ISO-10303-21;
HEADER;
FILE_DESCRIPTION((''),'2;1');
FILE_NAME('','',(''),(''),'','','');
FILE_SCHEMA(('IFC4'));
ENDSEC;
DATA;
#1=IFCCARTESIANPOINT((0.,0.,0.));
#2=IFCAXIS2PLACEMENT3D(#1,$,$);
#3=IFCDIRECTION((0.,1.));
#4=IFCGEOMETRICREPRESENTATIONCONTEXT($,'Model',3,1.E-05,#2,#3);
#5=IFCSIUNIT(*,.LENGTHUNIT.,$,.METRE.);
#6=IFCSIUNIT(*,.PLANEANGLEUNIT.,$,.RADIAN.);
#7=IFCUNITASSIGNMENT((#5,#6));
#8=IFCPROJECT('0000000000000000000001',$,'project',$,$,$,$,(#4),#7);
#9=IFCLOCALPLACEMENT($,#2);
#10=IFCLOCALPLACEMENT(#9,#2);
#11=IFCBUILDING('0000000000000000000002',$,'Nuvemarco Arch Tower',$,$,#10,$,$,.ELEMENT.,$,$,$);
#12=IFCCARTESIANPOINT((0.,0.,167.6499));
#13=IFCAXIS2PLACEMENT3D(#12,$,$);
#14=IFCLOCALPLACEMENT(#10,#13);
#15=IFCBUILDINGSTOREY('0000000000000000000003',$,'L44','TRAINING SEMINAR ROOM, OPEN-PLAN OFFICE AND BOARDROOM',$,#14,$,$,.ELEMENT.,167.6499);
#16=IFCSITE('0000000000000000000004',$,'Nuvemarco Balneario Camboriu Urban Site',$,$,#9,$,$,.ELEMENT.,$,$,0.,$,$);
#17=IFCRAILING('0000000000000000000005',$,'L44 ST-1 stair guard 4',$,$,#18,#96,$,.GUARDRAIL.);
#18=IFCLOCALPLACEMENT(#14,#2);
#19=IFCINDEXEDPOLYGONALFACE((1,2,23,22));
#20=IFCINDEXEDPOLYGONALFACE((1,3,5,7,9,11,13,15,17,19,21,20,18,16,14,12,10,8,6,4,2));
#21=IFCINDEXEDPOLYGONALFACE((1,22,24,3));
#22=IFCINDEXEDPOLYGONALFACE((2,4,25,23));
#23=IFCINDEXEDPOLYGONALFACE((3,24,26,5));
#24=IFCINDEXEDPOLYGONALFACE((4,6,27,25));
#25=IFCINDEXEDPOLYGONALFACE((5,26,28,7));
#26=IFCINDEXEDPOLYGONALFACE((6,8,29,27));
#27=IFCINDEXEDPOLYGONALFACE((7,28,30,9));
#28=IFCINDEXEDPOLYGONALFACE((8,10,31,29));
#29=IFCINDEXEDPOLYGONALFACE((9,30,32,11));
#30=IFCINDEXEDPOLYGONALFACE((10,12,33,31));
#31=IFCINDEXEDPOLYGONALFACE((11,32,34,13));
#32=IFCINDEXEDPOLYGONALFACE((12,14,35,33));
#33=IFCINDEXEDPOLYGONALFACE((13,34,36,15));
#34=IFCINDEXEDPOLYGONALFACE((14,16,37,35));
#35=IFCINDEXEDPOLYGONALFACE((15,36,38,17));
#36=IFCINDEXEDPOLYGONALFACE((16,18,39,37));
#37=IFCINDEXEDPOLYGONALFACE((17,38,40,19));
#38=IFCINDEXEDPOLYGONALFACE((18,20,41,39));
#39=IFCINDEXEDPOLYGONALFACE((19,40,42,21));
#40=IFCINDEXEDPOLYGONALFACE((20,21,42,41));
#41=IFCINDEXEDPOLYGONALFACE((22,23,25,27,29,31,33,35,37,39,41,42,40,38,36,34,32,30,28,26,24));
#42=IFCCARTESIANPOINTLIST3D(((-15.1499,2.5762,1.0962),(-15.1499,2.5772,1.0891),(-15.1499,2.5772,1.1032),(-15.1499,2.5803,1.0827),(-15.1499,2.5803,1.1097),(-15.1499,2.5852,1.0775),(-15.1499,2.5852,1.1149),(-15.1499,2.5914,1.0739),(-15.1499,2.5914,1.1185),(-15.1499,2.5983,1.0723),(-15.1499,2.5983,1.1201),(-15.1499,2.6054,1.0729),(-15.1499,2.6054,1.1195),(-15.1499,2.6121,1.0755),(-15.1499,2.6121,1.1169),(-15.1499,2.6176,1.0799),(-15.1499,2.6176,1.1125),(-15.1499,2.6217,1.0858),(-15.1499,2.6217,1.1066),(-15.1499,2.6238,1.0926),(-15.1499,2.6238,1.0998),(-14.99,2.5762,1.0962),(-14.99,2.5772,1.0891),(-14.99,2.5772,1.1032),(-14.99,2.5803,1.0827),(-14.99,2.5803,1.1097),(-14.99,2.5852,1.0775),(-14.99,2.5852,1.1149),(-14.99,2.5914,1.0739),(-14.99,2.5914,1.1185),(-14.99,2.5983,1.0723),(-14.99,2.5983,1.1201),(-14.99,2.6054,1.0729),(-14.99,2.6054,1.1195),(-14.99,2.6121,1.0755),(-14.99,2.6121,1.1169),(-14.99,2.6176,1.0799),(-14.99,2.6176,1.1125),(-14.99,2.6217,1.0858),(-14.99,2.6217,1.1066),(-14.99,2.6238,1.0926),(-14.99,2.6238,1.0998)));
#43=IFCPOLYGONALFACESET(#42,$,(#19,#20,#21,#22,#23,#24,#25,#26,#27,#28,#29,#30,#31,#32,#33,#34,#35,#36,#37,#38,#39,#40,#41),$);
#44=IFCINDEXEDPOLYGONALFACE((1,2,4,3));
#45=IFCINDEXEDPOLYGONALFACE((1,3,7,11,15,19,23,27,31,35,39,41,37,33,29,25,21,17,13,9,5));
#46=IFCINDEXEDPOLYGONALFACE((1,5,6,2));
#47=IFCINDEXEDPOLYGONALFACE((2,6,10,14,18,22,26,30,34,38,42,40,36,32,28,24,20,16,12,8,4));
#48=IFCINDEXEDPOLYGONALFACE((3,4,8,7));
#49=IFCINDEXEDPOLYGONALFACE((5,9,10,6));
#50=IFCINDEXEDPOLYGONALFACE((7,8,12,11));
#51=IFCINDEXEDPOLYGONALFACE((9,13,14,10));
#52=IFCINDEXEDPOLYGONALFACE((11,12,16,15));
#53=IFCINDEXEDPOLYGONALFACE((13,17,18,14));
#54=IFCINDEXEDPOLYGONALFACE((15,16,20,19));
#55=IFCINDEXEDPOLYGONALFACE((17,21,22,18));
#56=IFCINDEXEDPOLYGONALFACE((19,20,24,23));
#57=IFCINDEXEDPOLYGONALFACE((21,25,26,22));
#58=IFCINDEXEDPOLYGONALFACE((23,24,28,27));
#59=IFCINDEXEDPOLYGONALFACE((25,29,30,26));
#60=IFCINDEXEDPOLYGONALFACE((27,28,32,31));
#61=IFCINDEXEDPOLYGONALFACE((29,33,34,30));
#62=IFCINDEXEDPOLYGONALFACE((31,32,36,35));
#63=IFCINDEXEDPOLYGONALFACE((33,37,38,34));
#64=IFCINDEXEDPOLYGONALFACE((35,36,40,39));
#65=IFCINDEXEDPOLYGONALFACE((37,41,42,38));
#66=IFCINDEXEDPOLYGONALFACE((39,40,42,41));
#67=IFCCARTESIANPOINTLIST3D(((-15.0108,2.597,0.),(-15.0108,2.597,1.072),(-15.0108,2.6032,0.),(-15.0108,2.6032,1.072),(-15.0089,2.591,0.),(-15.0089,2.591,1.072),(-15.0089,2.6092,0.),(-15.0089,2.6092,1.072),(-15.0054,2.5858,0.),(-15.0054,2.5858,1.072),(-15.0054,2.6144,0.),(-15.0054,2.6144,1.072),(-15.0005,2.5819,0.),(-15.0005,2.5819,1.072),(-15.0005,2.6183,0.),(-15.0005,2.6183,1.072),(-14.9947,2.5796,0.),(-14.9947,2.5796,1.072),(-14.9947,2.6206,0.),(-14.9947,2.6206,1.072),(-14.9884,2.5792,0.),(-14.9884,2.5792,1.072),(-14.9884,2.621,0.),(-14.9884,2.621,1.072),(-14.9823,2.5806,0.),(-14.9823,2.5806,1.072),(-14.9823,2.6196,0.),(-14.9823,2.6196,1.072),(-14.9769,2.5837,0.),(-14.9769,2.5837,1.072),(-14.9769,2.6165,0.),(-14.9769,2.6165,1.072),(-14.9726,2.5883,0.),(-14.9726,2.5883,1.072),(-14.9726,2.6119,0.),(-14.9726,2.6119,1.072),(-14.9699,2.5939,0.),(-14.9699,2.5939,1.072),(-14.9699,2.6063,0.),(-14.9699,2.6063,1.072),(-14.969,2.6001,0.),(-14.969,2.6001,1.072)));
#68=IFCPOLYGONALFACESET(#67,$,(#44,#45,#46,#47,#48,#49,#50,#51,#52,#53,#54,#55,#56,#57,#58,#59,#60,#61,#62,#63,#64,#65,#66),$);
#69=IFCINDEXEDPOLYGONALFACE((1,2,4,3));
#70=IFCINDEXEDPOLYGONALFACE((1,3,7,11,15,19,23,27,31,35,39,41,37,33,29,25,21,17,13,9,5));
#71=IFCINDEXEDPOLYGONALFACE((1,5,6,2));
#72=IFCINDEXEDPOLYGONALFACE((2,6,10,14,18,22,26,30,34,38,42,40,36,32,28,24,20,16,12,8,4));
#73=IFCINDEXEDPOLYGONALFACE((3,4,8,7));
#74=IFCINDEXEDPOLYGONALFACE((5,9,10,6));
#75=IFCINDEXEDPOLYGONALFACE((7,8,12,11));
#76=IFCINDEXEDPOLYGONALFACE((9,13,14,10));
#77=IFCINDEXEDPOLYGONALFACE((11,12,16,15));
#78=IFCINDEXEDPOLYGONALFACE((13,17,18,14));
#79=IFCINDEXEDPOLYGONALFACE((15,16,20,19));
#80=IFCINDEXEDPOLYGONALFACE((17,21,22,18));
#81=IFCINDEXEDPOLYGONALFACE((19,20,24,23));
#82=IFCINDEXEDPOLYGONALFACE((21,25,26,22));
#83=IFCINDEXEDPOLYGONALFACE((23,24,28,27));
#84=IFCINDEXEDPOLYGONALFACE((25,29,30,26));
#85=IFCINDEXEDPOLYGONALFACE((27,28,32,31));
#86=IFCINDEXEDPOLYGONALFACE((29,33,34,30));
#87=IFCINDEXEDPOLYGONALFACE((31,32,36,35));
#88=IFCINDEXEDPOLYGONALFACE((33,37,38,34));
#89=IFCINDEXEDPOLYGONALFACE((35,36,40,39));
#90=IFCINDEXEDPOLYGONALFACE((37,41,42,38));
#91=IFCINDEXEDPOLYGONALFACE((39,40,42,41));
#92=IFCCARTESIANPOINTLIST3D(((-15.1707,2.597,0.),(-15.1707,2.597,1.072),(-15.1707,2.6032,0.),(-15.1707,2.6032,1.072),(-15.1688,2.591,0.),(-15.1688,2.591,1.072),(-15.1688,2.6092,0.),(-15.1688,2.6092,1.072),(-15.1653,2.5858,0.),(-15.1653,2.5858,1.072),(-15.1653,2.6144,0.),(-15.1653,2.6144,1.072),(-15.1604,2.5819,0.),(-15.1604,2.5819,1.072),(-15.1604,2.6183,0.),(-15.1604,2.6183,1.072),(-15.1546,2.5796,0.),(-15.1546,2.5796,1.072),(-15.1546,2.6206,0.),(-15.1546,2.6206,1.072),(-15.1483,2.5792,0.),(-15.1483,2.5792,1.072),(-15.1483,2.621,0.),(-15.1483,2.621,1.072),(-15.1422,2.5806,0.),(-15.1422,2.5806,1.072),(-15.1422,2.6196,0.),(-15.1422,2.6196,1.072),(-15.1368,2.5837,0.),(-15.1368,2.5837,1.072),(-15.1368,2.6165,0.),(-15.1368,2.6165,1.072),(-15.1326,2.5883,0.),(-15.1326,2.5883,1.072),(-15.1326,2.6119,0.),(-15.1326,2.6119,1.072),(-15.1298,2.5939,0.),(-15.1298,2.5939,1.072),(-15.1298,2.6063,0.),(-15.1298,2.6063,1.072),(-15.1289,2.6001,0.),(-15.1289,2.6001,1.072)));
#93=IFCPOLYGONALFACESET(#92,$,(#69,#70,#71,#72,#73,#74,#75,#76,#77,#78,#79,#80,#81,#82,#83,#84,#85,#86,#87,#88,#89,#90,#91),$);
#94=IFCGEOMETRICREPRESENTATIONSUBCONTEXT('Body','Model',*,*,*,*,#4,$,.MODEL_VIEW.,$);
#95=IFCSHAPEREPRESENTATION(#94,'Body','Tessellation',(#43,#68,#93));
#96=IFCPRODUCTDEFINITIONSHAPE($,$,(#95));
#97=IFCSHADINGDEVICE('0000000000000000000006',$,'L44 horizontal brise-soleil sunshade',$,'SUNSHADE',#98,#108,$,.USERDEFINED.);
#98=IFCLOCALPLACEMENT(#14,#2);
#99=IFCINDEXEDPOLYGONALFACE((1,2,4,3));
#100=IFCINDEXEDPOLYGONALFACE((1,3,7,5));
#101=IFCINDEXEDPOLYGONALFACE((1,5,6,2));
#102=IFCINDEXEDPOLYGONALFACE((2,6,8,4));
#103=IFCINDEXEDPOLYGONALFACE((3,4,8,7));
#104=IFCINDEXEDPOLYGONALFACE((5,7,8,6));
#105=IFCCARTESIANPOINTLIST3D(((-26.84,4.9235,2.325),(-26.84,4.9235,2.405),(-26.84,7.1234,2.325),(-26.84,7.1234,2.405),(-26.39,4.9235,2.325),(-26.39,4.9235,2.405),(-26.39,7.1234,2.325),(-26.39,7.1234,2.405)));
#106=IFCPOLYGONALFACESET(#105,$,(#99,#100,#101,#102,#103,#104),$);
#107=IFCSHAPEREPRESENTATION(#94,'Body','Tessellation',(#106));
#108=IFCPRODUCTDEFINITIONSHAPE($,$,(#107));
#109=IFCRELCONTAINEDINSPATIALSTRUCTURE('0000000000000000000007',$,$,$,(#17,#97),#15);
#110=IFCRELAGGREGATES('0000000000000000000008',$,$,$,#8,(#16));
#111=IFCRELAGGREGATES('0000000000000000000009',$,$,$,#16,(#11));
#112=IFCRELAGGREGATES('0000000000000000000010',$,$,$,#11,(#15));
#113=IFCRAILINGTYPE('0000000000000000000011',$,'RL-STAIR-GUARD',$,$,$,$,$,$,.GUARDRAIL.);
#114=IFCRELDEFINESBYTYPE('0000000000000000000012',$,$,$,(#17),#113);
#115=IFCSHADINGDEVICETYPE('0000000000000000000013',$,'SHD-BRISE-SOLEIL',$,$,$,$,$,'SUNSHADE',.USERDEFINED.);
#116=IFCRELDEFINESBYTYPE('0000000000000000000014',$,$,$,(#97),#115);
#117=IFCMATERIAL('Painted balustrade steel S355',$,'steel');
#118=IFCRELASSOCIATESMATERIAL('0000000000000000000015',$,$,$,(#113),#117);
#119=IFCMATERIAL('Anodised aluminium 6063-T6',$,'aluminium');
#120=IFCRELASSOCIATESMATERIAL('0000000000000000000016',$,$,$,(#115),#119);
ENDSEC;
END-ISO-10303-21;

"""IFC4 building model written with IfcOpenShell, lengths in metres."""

from ifc_helpers import new_model, si_unit, direction, frame, origin, origin_2d, place, context, subcontext, project, spatial, rectangle, circle, extrude, source, transform, mapped, material, type_object, type_shapes, element, save


model = new_model("IFC4")

# Units and contexts
model_context = context("Model", 3, precision=1e-05, world=origin(), true_north=direction((0.0, 1.0)))
body_context = subcontext(model_context, "Body", "Model", "MODEL_VIEW")
ifc_project = project(units=[si_unit("LENGTHUNIT", "METRE"), si_unit("PLANEANGLEUNIT", "RADIAN")], contexts=[model_context])

# Site, building, storey
site_placement = place(None, origin())
site = spatial("IfcSite", under=ifc_project, at=site_placement, Name="Nuvemarco Balneario Camboriu Urban Site", CompositionType="ELEMENT", RefElevation=0.0)
building_placement = place(site_placement, origin())
building = spatial("IfcBuilding", under=site, at=building_placement, Name="Nuvemarco Arch Tower", CompositionType="ELEMENT")
storey_placement = place(building_placement, frame((0.0, 0.0, 167.6499)))
storey = spatial("IfcBuildingStorey", under=building, at=storey_placement, Name="L44", Description="TRAINING SEMINAR ROOM, OPEN-PLAN OFFICE AND BOARDROOM", CompositionType="ELEMENT", Elevation=167.6499)

# Railing
ifc_material_1 = material(Name="Painted balustrade steel S355", Category="steel")
railing_type_1 = type_object("IfcRailingType", Name="RL-STAIR-GUARD", PredefinedType="GUARDRAIL", material=ifc_material_1)
railing_1_placement = place(storey_placement, frame((-14.99, 2.6001, 0.0)))
element("IfcRailing", 1, at=railing_1_placement, inside=storey, type_object=railing_type_1, Name="L44 ST-1 stair guard 4", PredefinedType="GUARDRAIL", context=body_context, shape_type="SweptSolid", body=[
    extrude(circle(Radius=0.0239, at=origin_2d()), frame((0.0, 0.0, 1.0962), z_axis=(-1.0, 0.0, 0.0), x_axis=(0.0, -1.0, 0.0)), (0.0, 0.0, 1.0), 0.1599),
    extrude(circle(Radius=0.021, at=origin_2d()), origin(), (0.0, 0.0, 1.0), 1.072),
    extrude(circle(Radius=0.021, at=origin_2d()), frame((-0.1599, 0.0, 0.0)), (0.0, 0.0, 1.0), 1.072),
])

# Shading device
ifc_material_2 = material(Name="Anodised aluminium 6063-T6", Category="aluminium")
shading_device_type = type_object("IfcShadingDeviceType", Name="SHD-BRISE-SOLEIL", ElementType="SUNSHADE", PredefinedType="USERDEFINED", material=ifc_material_2)
shared_shape_1 = source(origin(), body_context, "Body", "SweptSolid", [
    extrude(rectangle(XDim=2.2, YDim=0.45, at=origin_2d()), origin(), (0.0, 0.0, 1.0), 0.0801),
])
type_shapes(shading_device_type, [shared_shape_1])
shading_device_placement = place(storey_placement, frame((-26.615, 6.0234, 2.325), z_axis=(0.0, 0.0, 1.0), x_axis=(0.0, 1.0, 0.0)))
element("IfcShadingDevice", 2, at=shading_device_placement, inside=storey, type_object=shading_device_type, Name="L44 horizontal brise-soleil sunshade", ObjectType="SUNSHADE", PredefinedType="USERDEFINED", context=body_context, shape_type="MappedRepresentation", body=[
    mapped(shared_shape_1, transform((0.0, 0.0, 0.0), scale=1.0)),
])

save(model, "model.ifc")
